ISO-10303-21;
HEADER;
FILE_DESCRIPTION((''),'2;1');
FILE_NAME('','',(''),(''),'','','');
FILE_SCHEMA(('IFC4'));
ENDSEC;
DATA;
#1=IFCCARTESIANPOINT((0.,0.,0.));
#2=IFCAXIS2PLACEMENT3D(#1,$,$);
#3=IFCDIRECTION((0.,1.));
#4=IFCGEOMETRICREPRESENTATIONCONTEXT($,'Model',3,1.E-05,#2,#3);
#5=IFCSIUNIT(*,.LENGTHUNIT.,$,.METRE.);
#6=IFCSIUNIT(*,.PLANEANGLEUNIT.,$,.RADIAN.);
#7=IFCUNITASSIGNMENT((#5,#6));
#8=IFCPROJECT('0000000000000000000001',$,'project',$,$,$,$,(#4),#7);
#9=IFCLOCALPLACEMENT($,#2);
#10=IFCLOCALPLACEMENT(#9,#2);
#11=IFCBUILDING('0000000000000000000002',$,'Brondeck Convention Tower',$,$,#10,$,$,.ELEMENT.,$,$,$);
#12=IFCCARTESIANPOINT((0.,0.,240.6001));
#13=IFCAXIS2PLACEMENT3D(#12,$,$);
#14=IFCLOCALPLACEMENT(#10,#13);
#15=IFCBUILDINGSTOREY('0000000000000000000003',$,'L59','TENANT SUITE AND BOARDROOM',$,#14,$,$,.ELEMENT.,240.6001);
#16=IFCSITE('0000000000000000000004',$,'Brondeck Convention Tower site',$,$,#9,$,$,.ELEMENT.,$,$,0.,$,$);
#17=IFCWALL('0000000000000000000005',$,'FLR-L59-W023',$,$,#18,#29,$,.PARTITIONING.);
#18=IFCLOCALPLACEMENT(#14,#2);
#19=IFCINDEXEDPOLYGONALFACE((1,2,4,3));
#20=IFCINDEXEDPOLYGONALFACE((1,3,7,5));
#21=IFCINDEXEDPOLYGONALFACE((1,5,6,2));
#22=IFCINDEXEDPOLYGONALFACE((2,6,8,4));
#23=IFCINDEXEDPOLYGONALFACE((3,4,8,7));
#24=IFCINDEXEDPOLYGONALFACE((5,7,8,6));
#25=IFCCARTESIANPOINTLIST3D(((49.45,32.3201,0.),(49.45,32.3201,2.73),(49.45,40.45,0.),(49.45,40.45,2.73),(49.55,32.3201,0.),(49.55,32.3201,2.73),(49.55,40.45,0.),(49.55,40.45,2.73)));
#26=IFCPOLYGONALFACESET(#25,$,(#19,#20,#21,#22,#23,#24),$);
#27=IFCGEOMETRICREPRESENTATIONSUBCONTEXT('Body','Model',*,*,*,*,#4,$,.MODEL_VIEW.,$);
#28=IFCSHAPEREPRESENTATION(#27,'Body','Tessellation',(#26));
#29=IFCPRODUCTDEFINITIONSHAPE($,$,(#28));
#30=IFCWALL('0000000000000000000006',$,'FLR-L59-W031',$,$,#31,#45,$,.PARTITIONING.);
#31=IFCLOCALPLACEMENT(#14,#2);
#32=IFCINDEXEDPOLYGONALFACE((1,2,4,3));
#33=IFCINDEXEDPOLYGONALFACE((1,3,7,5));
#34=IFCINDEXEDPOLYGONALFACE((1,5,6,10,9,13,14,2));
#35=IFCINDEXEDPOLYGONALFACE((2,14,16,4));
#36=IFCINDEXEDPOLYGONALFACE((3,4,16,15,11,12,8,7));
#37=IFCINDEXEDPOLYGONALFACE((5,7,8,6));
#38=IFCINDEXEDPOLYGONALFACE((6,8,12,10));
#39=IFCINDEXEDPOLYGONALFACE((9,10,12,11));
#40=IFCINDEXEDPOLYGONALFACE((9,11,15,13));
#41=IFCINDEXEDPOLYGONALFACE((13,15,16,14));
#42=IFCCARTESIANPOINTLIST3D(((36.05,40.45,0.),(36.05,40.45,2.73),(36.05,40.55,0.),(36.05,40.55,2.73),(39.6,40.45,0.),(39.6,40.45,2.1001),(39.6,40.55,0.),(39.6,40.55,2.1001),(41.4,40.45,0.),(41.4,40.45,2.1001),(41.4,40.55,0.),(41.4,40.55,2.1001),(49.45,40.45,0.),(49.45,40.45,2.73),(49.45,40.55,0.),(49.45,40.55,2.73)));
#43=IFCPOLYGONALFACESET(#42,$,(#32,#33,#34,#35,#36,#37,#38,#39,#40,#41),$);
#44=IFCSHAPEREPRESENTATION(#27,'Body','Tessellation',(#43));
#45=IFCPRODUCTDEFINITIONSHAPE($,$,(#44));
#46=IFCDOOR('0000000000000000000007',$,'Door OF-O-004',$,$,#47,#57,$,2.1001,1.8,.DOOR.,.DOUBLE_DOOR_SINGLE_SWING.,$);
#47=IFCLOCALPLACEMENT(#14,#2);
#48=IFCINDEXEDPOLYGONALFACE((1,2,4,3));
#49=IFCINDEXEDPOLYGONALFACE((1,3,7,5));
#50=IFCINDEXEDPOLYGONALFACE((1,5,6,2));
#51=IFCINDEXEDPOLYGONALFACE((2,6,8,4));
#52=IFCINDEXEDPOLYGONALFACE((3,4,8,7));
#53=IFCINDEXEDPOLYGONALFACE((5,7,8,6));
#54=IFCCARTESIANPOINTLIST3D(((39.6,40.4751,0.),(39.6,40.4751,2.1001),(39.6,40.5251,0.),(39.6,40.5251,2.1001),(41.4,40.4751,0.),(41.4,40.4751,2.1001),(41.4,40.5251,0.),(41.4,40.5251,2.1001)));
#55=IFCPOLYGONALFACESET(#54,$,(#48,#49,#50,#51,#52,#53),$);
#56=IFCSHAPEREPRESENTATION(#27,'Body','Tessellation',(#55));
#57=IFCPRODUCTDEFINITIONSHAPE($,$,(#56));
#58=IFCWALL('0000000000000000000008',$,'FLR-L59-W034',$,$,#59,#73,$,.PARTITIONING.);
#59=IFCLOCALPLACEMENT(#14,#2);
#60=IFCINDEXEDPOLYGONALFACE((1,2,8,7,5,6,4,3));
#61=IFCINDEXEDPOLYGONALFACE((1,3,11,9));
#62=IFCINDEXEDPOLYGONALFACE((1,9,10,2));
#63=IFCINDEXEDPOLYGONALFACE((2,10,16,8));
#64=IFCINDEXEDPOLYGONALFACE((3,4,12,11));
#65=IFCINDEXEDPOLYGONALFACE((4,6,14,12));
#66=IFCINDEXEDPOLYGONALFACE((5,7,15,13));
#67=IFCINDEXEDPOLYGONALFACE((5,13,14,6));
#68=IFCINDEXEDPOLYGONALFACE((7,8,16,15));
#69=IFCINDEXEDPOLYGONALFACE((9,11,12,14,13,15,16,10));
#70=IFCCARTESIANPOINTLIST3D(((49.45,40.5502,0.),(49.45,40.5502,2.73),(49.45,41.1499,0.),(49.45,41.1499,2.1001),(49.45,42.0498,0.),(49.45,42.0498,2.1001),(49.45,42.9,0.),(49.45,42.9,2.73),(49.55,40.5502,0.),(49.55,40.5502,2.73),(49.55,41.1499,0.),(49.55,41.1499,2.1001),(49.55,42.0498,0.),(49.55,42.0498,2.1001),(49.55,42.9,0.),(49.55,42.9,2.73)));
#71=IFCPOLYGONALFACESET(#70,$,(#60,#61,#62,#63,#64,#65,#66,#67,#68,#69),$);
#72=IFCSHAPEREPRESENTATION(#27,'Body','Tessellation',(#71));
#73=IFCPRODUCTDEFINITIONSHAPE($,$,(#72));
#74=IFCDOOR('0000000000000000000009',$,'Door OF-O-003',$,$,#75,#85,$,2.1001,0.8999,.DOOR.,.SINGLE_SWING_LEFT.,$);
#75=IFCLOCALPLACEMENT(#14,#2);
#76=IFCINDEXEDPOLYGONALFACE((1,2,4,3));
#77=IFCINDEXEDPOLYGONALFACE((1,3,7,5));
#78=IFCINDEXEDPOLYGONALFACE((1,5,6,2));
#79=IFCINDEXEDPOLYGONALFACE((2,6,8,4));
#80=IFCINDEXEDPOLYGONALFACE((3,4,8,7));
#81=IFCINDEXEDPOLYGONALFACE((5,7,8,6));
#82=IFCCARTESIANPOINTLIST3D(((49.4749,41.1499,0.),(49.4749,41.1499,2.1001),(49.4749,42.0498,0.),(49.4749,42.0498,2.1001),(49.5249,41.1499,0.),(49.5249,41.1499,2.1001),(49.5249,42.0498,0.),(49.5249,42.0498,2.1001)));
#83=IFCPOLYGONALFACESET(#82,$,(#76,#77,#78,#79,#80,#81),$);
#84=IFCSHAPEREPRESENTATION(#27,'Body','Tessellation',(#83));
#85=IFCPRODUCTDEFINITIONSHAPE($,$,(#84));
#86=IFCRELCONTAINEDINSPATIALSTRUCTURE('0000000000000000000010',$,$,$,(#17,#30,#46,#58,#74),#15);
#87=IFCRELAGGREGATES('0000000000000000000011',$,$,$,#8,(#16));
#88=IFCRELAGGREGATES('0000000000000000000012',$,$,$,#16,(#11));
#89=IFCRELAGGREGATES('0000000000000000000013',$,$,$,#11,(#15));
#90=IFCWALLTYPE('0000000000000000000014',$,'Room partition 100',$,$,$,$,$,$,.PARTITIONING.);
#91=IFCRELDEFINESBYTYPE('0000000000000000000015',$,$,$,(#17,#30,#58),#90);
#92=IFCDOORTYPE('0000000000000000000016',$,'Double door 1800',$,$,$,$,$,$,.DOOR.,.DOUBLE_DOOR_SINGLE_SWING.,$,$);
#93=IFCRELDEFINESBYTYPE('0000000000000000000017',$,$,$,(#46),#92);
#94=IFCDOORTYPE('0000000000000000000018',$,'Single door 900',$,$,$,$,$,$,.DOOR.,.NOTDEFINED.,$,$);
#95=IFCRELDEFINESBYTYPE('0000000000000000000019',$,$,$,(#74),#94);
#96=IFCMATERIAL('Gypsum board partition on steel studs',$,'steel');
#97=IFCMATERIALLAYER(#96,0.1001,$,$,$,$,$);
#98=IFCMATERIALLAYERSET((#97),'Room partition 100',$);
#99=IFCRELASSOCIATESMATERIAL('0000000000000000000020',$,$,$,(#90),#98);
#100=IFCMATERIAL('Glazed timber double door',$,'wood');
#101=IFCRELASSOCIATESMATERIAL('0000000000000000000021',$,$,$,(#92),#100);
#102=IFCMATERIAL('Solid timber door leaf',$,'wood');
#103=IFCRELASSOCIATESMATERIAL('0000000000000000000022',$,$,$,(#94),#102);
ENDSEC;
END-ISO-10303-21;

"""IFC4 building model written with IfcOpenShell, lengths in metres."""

from ifc_helpers import new_model, si_unit, direction, frame, frame_2d, origin, place, context, subcontext, project, spatial, rectangle, extrude, material, layer, layer_set, type_object, element, fill, save


model = new_model("IFC4")

# Units and contexts
model_context = context("Model", 3, precision=1e-05, world=origin(), true_north=direction((0.0, 1.0)))
body_context = subcontext(model_context, "Body", "Model", "MODEL_VIEW")
ifc_project = project(units=[si_unit("LENGTHUNIT", "METRE"), si_unit("PLANEANGLEUNIT", "RADIAN")], contexts=[model_context])

# Site, building, storey
site_placement = place(None, origin())
site = spatial("IfcSite", under=ifc_project, at=site_placement, Name="Brondeck Convention Tower site", CompositionType="ELEMENT", RefElevation=0.0)
building_placement = place(site_placement, origin())
building = spatial("IfcBuilding", under=site, at=building_placement, Name="Brondeck Convention Tower", CompositionType="ELEMENT")
storey_placement = place(building_placement, frame((0.0, 0.0, 240.6001)))
storey = spatial("IfcBuildingStorey", under=building, at=storey_placement, Name="L59", Description="TENANT SUITE AND BOARDROOM", CompositionType="ELEMENT", Elevation=240.6001)

# Wall
ifc_material_1 = material(Name="Gypsum board partition on steel studs", Category="steel")
ifc_layer_1 = layer(ifc_material_1, 0.1001)
ifc_layer_set_1 = layer_set([ifc_layer_1], Name="Room partition 100")
wall_type_1 = type_object("IfcWallType", Name="Room partition 100", PredefinedType="PARTITIONING", material=ifc_layer_set_1)
wall_1_placement = place(storey_placement, frame((49.5, 32.3201, 0.0), z_axis=(0.0, 0.0, 1.0), x_axis=(0.0, 1.0, 0.0)))
element("IfcWall", 1, at=wall_1_placement, inside=storey, type_object=wall_type_1, Name="FLR-L59-W023", PredefinedType="PARTITIONING", context=body_context, shape_type="SweptSolid", body=[
    extrude(rectangle(XDim=8.1299, YDim=0.1001, at=frame_2d((4.0649, 0.0))), origin(), (0.0, 0.0, 1.0), 2.73),
])

# Walls, openings, doors
wall_2_placement = place(storey_placement, frame((49.45, 40.5, 0.0), z_axis=(0.0, 0.0, 1.0), x_axis=(-1.0, 0.0, 0.0)))
wall_2 = element("IfcWall", 2, at=wall_2_placement, inside=storey, type_object=wall_type_1, Name="FLR-L59-W031", PredefinedType="PARTITIONING", context=body_context, shape_type="SweptSolid", body=[
    extrude(rectangle(XDim=13.3999, YDim=0.1001, at=frame_2d((6.7, 0.0))), origin(), (0.0, 0.0, 1.0), 2.73),
])
opening_1_placement = place(wall_2_placement, frame((8.05, 0.0, 0.0)))
opening_1 = element("IfcOpeningElement", 3, at=opening_1_placement, cuts=wall_2, PredefinedType="OPENING", context=body_context, shape_type="SweptSolid", body=[
    extrude(rectangle(XDim=1.8, YDim=2.1001, at=frame_2d((0.8999, 1.05))), frame((0.0, 0.0601, 0.0), z_axis=(0.0, -1.0, 0.0), x_axis=(1.0, 0.0, 0.0)), (0.0, 0.0, 1.0), 0.1201),
])
ifc_material_2 = material(Name="Glazed timber double door", Category="wood")
door_type_1 = type_object("IfcDoorType", Name="Double door 1800", OperationType="DOUBLE_DOOR_SINGLE_SWING", PredefinedType="DOOR", material=ifc_material_2)
door_1_placement = place(opening_1_placement, origin())
door_1 = element("IfcDoor", 4, at=door_1_placement, inside=storey, type_object=door_type_1, Name="Door OF-O-004", OperationType="DOUBLE_DOOR_SINGLE_SWING", OverallHeight=2.1001, OverallWidth=1.8, PredefinedType="DOOR", context=body_context, shape_type="SweptSolid", body=[
    extrude(rectangle(XDim=1.8, YDim=2.1001, at=frame_2d((0.8999, 1.05))), frame((0.0, 0.0249, 0.0), z_axis=(0.0, -1.0, 0.0), x_axis=(1.0, 0.0, 0.0)), (0.0, 0.0, 1.0), 0.05),
])
fill(opening_1, door_1)
wall_3_placement = place(storey_placement, frame((49.5, 42.8999, 0.0), z_axis=(0.0, 0.0, 1.0), x_axis=(0.0, -1.0, 0.0)))
wall_3 = element("IfcWall", 5, at=wall_3_placement, inside=storey, type_object=wall_type_1, Name="FLR-L59-W034", PredefinedType="PARTITIONING", context=body_context, shape_type="SweptSolid", body=[
    extrude(rectangle(XDim=2.3499, YDim=0.1001, at=frame_2d((1.1748, 0.0))), origin(), (0.0, 0.0, 1.0), 2.73),
])
opening_2_placement = place(wall_3_placement, frame((0.8501, 0.0, 0.0)))
opening_2 = element("IfcOpeningElement", 6, at=opening_2_placement, cuts=wall_3, PredefinedType="OPENING", context=body_context, shape_type="SweptSolid", body=[
    extrude(rectangle(XDim=0.8999, YDim=2.1001, at=frame_2d((0.45, 1.05))), frame((0.0, 0.0601, 0.0), z_axis=(0.0, -1.0, 0.0), x_axis=(1.0, 0.0, 0.0)), (0.0, 0.0, 1.0), 0.1201),
])
ifc_material_3 = material(Name="Solid timber door leaf", Category="wood")
door_type_2 = type_object("IfcDoorType", Name="Single door 900", OperationType="NOTDEFINED", PredefinedType="DOOR", material=ifc_material_3)
door_2_placement = place(opening_2_placement, origin())
door_2 = element("IfcDoor", 7, at=door_2_placement, inside=storey, type_object=door_type_2, Name="Door OF-O-003", OperationType="SINGLE_SWING_LEFT", OverallHeight=2.1001, OverallWidth=0.8999, PredefinedType="DOOR", context=body_context, shape_type="SweptSolid", body=[
    extrude(rectangle(XDim=0.8999, YDim=2.1001, at=frame_2d((0.45, 1.05))), frame((0.0, 0.0249, 0.0), z_axis=(0.0, -1.0, 0.0), x_axis=(1.0, 0.0, 0.0)), (0.0, 0.0, 1.0), 0.05),
])
fill(opening_2, door_2)

save(model, "model.ifc")
